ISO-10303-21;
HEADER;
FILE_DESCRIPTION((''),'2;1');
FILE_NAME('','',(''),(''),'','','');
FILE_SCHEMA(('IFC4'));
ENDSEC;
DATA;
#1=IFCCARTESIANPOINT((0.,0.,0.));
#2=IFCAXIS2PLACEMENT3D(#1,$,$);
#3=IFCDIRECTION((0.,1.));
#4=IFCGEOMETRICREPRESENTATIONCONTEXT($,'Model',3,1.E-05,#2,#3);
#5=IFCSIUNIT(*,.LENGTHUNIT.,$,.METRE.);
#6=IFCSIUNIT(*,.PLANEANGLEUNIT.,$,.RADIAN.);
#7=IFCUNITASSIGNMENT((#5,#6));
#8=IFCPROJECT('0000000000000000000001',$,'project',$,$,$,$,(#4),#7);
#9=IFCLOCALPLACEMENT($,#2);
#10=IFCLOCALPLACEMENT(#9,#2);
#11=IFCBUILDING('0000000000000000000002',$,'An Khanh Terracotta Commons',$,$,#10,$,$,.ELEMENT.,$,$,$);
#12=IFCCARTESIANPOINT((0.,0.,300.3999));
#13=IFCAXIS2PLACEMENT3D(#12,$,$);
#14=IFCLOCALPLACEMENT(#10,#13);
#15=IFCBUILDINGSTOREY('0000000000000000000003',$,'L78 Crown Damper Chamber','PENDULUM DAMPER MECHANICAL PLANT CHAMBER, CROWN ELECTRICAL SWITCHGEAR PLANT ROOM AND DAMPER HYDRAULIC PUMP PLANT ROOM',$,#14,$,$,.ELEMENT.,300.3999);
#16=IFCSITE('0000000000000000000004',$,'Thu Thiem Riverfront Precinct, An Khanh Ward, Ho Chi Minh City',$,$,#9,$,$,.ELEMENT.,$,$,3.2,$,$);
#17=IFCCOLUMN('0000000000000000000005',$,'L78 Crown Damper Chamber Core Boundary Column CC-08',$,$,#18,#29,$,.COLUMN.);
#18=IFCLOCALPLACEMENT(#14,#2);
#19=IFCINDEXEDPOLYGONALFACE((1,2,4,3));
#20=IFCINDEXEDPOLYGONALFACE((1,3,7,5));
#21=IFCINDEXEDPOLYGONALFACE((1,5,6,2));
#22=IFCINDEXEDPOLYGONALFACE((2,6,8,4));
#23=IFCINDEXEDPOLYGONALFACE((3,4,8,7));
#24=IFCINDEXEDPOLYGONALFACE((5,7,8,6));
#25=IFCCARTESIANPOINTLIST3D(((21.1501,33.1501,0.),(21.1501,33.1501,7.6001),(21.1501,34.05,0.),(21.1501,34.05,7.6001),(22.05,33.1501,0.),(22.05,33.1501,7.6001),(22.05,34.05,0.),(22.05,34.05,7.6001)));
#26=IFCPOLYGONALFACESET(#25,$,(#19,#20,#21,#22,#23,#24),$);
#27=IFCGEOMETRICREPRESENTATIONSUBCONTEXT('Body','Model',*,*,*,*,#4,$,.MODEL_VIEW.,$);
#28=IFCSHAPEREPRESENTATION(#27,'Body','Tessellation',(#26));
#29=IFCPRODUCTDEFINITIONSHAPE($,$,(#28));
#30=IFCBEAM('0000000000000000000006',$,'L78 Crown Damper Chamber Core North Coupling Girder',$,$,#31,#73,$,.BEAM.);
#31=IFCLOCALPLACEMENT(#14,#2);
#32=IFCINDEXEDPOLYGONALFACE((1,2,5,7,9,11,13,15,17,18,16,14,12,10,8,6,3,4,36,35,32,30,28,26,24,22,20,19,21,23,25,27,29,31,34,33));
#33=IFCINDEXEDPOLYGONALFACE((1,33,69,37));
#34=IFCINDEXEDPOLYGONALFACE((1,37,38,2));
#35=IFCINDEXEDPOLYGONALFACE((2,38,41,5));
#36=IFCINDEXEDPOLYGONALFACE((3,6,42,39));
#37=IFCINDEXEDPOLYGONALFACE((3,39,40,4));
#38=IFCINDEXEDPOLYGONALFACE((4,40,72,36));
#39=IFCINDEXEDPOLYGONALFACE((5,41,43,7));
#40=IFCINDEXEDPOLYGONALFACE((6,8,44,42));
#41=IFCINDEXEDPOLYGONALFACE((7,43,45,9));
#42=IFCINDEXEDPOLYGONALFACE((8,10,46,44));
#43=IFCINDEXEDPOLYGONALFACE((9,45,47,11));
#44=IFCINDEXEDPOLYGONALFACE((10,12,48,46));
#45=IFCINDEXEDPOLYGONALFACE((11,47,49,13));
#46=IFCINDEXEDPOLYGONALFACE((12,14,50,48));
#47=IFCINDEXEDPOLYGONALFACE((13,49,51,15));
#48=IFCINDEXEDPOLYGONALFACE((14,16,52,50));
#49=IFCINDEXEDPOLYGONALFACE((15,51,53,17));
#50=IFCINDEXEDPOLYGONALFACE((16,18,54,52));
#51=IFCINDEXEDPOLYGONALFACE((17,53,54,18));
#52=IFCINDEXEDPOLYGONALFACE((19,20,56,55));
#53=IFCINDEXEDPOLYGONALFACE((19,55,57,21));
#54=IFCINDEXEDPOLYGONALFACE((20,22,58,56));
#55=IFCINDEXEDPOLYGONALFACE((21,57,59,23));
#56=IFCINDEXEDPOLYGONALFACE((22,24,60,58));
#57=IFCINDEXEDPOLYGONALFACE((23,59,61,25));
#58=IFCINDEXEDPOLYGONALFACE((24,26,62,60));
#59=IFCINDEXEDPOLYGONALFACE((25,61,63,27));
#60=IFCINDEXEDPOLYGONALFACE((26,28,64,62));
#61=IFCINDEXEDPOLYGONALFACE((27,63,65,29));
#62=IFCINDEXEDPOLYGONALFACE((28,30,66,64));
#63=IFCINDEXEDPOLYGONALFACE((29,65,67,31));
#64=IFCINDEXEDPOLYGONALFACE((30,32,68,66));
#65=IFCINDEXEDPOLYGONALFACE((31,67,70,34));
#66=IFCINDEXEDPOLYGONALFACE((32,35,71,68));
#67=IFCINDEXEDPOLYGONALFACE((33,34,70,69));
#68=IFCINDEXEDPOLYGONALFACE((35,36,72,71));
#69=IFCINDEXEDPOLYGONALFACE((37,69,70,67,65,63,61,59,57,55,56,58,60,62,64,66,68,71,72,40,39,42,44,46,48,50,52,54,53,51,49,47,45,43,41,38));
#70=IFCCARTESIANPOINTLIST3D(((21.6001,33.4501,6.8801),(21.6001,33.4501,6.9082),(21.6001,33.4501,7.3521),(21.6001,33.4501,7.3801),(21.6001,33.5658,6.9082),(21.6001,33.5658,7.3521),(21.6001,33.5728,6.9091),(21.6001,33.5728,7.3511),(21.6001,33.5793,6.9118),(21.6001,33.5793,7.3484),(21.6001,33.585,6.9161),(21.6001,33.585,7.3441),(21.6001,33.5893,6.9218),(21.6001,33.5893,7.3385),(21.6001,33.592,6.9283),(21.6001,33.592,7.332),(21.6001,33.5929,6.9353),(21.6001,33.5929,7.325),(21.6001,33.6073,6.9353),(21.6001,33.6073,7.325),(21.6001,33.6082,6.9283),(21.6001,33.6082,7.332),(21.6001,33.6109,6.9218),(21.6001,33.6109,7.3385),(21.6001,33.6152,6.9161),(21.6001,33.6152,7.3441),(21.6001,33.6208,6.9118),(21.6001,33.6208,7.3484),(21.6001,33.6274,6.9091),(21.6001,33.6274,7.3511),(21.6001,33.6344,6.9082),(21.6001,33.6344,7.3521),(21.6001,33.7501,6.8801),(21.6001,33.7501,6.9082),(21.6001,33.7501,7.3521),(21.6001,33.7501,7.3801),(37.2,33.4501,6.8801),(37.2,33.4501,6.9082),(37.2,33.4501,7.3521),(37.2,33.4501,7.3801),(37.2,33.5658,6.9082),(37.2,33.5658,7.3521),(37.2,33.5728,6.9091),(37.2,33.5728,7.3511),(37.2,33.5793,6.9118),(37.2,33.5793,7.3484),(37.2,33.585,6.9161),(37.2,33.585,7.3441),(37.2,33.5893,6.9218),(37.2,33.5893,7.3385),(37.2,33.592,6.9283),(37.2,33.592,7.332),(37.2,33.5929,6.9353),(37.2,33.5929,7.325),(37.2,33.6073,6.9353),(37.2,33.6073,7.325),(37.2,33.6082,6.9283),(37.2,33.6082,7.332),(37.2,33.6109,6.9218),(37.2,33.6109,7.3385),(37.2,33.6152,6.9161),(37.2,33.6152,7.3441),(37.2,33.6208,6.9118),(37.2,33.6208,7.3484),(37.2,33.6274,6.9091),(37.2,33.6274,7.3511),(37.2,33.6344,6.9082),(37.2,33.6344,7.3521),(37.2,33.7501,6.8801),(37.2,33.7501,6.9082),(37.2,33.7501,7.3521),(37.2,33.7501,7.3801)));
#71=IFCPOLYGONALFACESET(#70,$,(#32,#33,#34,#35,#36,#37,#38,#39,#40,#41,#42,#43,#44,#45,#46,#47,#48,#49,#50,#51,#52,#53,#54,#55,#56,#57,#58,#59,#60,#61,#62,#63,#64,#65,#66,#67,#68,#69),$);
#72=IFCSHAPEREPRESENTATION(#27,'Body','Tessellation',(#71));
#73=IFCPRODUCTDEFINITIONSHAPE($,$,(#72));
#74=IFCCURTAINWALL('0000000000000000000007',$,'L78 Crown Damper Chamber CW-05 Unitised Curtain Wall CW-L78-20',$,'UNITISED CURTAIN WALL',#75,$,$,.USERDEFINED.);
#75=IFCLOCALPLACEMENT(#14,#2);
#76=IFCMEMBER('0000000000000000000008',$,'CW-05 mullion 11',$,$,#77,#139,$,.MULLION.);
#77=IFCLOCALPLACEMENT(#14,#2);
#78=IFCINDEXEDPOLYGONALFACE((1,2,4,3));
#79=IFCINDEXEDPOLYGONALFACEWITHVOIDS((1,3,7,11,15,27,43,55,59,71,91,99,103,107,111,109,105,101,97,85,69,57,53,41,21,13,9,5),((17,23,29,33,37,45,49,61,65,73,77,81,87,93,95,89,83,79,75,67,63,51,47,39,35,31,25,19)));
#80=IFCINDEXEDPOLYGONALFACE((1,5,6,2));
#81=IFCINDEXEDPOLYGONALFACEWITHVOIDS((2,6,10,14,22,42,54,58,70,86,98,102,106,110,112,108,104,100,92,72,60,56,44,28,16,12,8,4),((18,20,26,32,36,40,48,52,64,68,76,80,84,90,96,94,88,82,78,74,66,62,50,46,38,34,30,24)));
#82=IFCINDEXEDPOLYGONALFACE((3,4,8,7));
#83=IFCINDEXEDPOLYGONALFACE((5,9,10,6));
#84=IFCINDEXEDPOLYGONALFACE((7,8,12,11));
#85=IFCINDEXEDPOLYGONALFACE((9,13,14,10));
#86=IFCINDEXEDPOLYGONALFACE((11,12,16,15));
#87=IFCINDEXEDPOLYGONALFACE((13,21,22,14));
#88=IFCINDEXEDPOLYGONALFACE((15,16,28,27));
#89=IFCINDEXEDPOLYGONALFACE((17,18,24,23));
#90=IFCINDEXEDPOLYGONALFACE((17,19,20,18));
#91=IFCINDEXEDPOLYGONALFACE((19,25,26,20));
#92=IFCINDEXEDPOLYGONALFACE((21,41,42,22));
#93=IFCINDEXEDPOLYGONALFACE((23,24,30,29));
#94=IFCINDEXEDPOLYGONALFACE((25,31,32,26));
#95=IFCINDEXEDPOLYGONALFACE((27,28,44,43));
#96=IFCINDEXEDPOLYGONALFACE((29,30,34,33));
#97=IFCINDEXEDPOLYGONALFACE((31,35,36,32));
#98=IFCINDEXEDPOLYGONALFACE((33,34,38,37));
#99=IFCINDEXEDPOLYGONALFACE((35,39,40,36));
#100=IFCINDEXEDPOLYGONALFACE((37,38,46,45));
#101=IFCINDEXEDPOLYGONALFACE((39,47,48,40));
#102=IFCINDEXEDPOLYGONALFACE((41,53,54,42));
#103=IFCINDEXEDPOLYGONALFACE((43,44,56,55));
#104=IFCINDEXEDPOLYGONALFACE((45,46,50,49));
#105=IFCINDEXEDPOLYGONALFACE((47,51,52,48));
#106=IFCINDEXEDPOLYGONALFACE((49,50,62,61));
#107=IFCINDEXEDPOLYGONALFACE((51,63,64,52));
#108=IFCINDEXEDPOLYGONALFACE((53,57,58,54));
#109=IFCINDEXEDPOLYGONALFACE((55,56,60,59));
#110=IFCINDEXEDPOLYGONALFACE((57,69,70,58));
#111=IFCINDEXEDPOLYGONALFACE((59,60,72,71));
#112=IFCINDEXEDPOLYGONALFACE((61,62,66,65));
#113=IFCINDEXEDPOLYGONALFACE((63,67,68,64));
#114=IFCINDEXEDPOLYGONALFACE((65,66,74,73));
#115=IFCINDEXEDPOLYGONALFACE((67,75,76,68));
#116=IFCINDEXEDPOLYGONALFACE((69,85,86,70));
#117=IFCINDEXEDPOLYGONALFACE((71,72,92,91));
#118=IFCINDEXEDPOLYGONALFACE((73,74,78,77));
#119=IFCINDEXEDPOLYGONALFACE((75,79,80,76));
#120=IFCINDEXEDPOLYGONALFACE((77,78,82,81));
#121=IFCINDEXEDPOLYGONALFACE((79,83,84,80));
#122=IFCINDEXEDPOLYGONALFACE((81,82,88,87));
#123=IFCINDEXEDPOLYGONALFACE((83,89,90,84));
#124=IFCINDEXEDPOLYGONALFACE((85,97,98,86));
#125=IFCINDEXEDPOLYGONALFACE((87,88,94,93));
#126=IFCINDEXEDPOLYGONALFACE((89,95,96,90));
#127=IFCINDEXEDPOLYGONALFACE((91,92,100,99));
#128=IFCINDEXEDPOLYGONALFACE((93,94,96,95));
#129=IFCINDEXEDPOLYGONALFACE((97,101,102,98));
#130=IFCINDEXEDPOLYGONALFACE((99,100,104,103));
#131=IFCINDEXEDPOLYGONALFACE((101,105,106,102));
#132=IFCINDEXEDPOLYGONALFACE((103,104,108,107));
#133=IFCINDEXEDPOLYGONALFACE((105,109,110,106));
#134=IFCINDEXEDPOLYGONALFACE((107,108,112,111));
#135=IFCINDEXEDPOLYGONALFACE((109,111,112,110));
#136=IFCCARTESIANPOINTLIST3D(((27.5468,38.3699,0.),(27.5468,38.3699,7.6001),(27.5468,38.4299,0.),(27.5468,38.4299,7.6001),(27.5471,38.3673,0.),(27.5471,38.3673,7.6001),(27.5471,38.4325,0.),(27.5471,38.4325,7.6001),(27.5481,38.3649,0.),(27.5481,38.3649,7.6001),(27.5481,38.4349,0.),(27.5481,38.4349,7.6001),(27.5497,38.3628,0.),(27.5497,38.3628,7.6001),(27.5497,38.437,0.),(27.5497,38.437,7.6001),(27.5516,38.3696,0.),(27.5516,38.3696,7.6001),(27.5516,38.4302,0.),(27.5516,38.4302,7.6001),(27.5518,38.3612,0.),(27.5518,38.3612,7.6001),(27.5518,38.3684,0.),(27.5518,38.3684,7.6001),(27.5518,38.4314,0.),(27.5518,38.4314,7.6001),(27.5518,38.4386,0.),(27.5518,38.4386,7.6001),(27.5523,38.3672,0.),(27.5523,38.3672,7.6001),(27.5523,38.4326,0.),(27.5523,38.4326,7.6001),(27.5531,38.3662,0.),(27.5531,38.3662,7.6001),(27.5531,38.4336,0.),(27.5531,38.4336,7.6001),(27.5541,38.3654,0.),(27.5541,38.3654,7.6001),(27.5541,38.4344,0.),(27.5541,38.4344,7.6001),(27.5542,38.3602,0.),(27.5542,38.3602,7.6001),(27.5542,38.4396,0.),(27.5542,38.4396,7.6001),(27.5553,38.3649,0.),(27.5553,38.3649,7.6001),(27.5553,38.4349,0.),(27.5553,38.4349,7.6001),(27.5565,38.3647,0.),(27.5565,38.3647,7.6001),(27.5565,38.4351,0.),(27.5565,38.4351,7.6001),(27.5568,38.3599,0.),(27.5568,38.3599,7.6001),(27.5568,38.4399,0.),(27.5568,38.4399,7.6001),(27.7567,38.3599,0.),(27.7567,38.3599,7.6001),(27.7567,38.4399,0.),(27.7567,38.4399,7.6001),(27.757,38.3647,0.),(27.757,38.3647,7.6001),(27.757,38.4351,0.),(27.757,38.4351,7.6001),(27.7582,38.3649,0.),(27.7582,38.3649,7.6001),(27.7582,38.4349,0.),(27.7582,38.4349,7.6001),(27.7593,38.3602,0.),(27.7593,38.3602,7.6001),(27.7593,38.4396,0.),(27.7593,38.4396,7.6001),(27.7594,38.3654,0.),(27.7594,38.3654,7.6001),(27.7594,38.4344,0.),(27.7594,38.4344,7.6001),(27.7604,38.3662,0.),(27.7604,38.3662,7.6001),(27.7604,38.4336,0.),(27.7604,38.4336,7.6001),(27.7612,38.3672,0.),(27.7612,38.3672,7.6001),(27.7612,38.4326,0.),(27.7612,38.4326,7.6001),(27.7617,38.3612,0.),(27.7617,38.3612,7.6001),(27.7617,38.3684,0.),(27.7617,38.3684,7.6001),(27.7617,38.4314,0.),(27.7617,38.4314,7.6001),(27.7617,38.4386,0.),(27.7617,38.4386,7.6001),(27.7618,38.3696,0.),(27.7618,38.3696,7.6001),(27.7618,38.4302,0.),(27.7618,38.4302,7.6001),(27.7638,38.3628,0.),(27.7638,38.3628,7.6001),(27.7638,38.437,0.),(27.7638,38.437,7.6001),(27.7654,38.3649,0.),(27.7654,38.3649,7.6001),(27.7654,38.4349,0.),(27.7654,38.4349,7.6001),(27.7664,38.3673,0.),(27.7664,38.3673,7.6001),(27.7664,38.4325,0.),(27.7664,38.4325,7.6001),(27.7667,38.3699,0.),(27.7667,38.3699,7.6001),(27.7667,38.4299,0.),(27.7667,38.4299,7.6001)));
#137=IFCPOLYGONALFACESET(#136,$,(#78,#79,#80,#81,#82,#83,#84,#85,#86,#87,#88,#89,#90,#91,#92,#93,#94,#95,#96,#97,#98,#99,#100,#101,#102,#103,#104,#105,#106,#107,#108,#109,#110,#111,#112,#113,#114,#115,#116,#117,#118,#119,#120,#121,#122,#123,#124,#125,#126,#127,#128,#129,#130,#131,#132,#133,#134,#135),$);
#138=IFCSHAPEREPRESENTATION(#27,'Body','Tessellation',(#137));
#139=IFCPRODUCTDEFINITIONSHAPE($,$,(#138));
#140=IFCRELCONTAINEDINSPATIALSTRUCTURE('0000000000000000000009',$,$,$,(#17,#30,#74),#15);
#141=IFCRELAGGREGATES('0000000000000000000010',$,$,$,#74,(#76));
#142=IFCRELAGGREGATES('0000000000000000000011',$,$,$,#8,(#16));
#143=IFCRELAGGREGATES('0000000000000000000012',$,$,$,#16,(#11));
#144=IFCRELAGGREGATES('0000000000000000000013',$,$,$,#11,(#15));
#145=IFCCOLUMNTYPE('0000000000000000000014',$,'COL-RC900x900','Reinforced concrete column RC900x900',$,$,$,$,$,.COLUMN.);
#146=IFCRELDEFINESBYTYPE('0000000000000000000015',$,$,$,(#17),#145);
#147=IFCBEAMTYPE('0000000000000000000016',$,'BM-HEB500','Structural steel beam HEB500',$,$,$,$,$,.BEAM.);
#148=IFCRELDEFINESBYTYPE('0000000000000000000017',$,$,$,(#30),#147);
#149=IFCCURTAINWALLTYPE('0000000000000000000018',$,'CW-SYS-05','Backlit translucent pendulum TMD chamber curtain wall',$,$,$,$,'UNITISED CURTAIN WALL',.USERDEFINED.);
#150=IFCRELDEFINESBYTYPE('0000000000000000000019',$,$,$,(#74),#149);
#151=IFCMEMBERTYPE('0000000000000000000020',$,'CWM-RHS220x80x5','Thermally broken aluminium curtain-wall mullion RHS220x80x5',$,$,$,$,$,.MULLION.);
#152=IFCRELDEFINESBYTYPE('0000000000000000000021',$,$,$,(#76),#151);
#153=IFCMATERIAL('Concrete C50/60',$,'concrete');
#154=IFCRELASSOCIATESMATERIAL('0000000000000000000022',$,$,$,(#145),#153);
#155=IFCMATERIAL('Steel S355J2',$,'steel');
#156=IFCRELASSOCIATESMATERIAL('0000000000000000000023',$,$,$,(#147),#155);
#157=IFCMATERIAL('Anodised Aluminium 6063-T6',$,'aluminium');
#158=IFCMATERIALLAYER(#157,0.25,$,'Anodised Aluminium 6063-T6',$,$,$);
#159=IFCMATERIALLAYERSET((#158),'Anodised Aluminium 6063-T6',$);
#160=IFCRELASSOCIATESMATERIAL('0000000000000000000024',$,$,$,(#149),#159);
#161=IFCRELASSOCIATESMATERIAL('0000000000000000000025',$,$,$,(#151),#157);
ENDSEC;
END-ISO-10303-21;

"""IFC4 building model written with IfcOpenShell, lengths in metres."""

from ifc_helpers import new_model, si_unit, direction, frame, origin, origin_2d, place, context, subcontext, project, spatial, rectangle, hollow_rectangle, i_section, extrude, material, layer, layer_set, material_profile, profile_set, type_object, element, aggregate, save


model = new_model("IFC4")

# Units and contexts
model_context = context("Model", 3, precision=1e-05, world=origin(), true_north=direction((0.0, 1.0)))
body_context = subcontext(model_context, "Body", "Model", "MODEL_VIEW")
ifc_project = project(units=[si_unit("LENGTHUNIT", "METRE"), si_unit("PLANEANGLEUNIT", "RADIAN")], contexts=[model_context])

# Site, building, storey
site_placement = place(None, origin())
site = spatial("IfcSite", under=ifc_project, at=site_placement, Name="Thu Thiem Riverfront Precinct, An Khanh Ward, Ho Chi Minh City", CompositionType="ELEMENT", RefElevation=3.2)
building_placement = place(site_placement, origin())
building = spatial("IfcBuilding", under=site, at=building_placement, Name="An Khanh Terracotta Commons", CompositionType="ELEMENT")
storey_placement = place(building_placement, frame((0.0, 0.0, 300.3999)))
storey = spatial("IfcBuildingStorey", under=building, at=storey_placement, Name="L78 Crown Damper Chamber", Description="PENDULUM DAMPER MECHANICAL PLANT CHAMBER, CROWN ELECTRICAL SWITCHGEAR PLANT ROOM AND DAMPER HYDRAULIC PUMP PLANT ROOM", CompositionType="ELEMENT", Elevation=300.3999)

# Column
ifc_material_1 = material(Name="Concrete C50/60", Category="concrete")
ifc_material_profile_1 = material_profile(ifc_material_1, rectangle(XDim=0.8999, YDim=0.8999, at=origin_2d()), Name="RC900x900")
ifc_profile_set_1 = profile_set([ifc_material_profile_1], Name="Concrete C50/60")
column_type = type_object("IfcColumnType", Name="COL-RC900x900", Description="Reinforced concrete column RC900x900", PredefinedType="COLUMN", material=ifc_profile_set_1)
column_placement = place(storey_placement, frame((21.6001, 33.6001, 0.0), z_axis=(0.0, 0.0, 1.0), x_axis=(1.0, 0.0, 0.0)))
element("IfcColumn", 1, at=column_placement, inside=storey, type_object=column_type, Name="L78 Crown Damper Chamber Core Boundary Column CC-08", PredefinedType="COLUMN", context=body_context, shape_type="SweptSolid", body=[
    extrude(rectangle(XDim=0.8999, YDim=0.8999, at=origin_2d()), origin(), (0.0, 0.0, 1.0), 7.6001),
])

# Beam
ifc_material_2 = material(Name="Steel S355J2", Category="steel")
ifc_material_profile_2 = material_profile(ifc_material_2, i_section(OverallWidth=0.3, OverallDepth=0.5, WebThickness=0.0144, FlangeThickness=0.0281, FilletRadius=0.0271, at=origin_2d()), Name="HEB500")
ifc_profile_set_2 = profile_set([ifc_material_profile_2], Name="Steel S355J2")
beam_type = type_object("IfcBeamType", Name="BM-HEB500", Description="Structural steel beam HEB500", PredefinedType="BEAM", material=ifc_profile_set_2)
beam_placement = place(storey_placement, frame((21.6001, 33.6001, 7.1301), z_axis=(1.0, 0.0, 0.0), x_axis=(0.0, 1.0, 0.0)))
element("IfcBeam", 2, at=beam_placement, inside=storey, type_object=beam_type, Name="L78 Crown Damper Chamber Core North Coupling Girder", PredefinedType="BEAM", context=body_context, shape_type="SweptSolid", body=[
    extrude(i_section(OverallWidth=0.3, OverallDepth=0.5, WebThickness=0.0144, FlangeThickness=0.0281, FilletRadius=0.0271, at=origin_2d()), origin(), (0.0, 0.0, 1.0), 15.5999),
])

# Curtain wall, member
ifc_material_3 = material(Name="Anodised Aluminium 6063-T6", Category="aluminium")
ifc_layer_1 = layer(ifc_material_3, 0.25, Name="Anodised Aluminium 6063-T6")
ifc_layer_set_1 = layer_set([ifc_layer_1], Name="Anodised Aluminium 6063-T6")
curtain_wall_type = type_object("IfcCurtainWallType", Name="CW-SYS-05", Description="Backlit translucent pendulum TMD chamber curtain wall", ElementType="UNITISED CURTAIN WALL", PredefinedType="USERDEFINED", material=ifc_layer_set_1)
curtain_wall_1_placement = place(storey_placement, origin())
curtain_wall_1 = element("IfcCurtainWall", 3, at=curtain_wall_1_placement, inside=storey, type_object=curtain_wall_type, Name="L78 Crown Damper Chamber CW-05 Unitised Curtain Wall CW-L78-20", ObjectType="UNITISED CURTAIN WALL", PredefinedType="USERDEFINED")
ifc_material_profile_3 = material_profile(ifc_material_3, hollow_rectangle(XDim=0.0801, YDim=0.22, WallThickness=0.0049, InnerFilletRadius=0.0049, OuterFilletRadius=0.01, at=origin_2d()), Name="RHS220x80x5")
ifc_profile_set_3 = profile_set([ifc_material_profile_3], Name="Anodised Aluminium 6063-T6")
member_type_1 = type_object("IfcMemberType", Name="CWM-RHS220x80x5", Description="Thermally broken aluminium curtain-wall mullion RHS220x80x5", PredefinedType="MULLION", material=ifc_profile_set_3)
member_1_placement = place(storey_placement, frame((27.6567, 38.3999, 0.0), z_axis=(0.0, 0.0, 1.0), x_axis=(0.0, -1.0, 0.0)))
member_1 = element("IfcMember", 4, at=member_1_placement, type_object=member_type_1, Name="CW-05 mullion 11", PredefinedType="MULLION", context=body_context, shape_type="SweptSolid", body=[
    extrude(hollow_rectangle(XDim=0.0801, YDim=0.22, WallThickness=0.0049, InnerFilletRadius=0.0049, OuterFilletRadius=0.01, at=origin_2d()), origin(), (0.0, 0.0, 1.0), 7.6001),
])

aggregate(curtain_wall_1, [member_1])

save(model, "model.ifc")
